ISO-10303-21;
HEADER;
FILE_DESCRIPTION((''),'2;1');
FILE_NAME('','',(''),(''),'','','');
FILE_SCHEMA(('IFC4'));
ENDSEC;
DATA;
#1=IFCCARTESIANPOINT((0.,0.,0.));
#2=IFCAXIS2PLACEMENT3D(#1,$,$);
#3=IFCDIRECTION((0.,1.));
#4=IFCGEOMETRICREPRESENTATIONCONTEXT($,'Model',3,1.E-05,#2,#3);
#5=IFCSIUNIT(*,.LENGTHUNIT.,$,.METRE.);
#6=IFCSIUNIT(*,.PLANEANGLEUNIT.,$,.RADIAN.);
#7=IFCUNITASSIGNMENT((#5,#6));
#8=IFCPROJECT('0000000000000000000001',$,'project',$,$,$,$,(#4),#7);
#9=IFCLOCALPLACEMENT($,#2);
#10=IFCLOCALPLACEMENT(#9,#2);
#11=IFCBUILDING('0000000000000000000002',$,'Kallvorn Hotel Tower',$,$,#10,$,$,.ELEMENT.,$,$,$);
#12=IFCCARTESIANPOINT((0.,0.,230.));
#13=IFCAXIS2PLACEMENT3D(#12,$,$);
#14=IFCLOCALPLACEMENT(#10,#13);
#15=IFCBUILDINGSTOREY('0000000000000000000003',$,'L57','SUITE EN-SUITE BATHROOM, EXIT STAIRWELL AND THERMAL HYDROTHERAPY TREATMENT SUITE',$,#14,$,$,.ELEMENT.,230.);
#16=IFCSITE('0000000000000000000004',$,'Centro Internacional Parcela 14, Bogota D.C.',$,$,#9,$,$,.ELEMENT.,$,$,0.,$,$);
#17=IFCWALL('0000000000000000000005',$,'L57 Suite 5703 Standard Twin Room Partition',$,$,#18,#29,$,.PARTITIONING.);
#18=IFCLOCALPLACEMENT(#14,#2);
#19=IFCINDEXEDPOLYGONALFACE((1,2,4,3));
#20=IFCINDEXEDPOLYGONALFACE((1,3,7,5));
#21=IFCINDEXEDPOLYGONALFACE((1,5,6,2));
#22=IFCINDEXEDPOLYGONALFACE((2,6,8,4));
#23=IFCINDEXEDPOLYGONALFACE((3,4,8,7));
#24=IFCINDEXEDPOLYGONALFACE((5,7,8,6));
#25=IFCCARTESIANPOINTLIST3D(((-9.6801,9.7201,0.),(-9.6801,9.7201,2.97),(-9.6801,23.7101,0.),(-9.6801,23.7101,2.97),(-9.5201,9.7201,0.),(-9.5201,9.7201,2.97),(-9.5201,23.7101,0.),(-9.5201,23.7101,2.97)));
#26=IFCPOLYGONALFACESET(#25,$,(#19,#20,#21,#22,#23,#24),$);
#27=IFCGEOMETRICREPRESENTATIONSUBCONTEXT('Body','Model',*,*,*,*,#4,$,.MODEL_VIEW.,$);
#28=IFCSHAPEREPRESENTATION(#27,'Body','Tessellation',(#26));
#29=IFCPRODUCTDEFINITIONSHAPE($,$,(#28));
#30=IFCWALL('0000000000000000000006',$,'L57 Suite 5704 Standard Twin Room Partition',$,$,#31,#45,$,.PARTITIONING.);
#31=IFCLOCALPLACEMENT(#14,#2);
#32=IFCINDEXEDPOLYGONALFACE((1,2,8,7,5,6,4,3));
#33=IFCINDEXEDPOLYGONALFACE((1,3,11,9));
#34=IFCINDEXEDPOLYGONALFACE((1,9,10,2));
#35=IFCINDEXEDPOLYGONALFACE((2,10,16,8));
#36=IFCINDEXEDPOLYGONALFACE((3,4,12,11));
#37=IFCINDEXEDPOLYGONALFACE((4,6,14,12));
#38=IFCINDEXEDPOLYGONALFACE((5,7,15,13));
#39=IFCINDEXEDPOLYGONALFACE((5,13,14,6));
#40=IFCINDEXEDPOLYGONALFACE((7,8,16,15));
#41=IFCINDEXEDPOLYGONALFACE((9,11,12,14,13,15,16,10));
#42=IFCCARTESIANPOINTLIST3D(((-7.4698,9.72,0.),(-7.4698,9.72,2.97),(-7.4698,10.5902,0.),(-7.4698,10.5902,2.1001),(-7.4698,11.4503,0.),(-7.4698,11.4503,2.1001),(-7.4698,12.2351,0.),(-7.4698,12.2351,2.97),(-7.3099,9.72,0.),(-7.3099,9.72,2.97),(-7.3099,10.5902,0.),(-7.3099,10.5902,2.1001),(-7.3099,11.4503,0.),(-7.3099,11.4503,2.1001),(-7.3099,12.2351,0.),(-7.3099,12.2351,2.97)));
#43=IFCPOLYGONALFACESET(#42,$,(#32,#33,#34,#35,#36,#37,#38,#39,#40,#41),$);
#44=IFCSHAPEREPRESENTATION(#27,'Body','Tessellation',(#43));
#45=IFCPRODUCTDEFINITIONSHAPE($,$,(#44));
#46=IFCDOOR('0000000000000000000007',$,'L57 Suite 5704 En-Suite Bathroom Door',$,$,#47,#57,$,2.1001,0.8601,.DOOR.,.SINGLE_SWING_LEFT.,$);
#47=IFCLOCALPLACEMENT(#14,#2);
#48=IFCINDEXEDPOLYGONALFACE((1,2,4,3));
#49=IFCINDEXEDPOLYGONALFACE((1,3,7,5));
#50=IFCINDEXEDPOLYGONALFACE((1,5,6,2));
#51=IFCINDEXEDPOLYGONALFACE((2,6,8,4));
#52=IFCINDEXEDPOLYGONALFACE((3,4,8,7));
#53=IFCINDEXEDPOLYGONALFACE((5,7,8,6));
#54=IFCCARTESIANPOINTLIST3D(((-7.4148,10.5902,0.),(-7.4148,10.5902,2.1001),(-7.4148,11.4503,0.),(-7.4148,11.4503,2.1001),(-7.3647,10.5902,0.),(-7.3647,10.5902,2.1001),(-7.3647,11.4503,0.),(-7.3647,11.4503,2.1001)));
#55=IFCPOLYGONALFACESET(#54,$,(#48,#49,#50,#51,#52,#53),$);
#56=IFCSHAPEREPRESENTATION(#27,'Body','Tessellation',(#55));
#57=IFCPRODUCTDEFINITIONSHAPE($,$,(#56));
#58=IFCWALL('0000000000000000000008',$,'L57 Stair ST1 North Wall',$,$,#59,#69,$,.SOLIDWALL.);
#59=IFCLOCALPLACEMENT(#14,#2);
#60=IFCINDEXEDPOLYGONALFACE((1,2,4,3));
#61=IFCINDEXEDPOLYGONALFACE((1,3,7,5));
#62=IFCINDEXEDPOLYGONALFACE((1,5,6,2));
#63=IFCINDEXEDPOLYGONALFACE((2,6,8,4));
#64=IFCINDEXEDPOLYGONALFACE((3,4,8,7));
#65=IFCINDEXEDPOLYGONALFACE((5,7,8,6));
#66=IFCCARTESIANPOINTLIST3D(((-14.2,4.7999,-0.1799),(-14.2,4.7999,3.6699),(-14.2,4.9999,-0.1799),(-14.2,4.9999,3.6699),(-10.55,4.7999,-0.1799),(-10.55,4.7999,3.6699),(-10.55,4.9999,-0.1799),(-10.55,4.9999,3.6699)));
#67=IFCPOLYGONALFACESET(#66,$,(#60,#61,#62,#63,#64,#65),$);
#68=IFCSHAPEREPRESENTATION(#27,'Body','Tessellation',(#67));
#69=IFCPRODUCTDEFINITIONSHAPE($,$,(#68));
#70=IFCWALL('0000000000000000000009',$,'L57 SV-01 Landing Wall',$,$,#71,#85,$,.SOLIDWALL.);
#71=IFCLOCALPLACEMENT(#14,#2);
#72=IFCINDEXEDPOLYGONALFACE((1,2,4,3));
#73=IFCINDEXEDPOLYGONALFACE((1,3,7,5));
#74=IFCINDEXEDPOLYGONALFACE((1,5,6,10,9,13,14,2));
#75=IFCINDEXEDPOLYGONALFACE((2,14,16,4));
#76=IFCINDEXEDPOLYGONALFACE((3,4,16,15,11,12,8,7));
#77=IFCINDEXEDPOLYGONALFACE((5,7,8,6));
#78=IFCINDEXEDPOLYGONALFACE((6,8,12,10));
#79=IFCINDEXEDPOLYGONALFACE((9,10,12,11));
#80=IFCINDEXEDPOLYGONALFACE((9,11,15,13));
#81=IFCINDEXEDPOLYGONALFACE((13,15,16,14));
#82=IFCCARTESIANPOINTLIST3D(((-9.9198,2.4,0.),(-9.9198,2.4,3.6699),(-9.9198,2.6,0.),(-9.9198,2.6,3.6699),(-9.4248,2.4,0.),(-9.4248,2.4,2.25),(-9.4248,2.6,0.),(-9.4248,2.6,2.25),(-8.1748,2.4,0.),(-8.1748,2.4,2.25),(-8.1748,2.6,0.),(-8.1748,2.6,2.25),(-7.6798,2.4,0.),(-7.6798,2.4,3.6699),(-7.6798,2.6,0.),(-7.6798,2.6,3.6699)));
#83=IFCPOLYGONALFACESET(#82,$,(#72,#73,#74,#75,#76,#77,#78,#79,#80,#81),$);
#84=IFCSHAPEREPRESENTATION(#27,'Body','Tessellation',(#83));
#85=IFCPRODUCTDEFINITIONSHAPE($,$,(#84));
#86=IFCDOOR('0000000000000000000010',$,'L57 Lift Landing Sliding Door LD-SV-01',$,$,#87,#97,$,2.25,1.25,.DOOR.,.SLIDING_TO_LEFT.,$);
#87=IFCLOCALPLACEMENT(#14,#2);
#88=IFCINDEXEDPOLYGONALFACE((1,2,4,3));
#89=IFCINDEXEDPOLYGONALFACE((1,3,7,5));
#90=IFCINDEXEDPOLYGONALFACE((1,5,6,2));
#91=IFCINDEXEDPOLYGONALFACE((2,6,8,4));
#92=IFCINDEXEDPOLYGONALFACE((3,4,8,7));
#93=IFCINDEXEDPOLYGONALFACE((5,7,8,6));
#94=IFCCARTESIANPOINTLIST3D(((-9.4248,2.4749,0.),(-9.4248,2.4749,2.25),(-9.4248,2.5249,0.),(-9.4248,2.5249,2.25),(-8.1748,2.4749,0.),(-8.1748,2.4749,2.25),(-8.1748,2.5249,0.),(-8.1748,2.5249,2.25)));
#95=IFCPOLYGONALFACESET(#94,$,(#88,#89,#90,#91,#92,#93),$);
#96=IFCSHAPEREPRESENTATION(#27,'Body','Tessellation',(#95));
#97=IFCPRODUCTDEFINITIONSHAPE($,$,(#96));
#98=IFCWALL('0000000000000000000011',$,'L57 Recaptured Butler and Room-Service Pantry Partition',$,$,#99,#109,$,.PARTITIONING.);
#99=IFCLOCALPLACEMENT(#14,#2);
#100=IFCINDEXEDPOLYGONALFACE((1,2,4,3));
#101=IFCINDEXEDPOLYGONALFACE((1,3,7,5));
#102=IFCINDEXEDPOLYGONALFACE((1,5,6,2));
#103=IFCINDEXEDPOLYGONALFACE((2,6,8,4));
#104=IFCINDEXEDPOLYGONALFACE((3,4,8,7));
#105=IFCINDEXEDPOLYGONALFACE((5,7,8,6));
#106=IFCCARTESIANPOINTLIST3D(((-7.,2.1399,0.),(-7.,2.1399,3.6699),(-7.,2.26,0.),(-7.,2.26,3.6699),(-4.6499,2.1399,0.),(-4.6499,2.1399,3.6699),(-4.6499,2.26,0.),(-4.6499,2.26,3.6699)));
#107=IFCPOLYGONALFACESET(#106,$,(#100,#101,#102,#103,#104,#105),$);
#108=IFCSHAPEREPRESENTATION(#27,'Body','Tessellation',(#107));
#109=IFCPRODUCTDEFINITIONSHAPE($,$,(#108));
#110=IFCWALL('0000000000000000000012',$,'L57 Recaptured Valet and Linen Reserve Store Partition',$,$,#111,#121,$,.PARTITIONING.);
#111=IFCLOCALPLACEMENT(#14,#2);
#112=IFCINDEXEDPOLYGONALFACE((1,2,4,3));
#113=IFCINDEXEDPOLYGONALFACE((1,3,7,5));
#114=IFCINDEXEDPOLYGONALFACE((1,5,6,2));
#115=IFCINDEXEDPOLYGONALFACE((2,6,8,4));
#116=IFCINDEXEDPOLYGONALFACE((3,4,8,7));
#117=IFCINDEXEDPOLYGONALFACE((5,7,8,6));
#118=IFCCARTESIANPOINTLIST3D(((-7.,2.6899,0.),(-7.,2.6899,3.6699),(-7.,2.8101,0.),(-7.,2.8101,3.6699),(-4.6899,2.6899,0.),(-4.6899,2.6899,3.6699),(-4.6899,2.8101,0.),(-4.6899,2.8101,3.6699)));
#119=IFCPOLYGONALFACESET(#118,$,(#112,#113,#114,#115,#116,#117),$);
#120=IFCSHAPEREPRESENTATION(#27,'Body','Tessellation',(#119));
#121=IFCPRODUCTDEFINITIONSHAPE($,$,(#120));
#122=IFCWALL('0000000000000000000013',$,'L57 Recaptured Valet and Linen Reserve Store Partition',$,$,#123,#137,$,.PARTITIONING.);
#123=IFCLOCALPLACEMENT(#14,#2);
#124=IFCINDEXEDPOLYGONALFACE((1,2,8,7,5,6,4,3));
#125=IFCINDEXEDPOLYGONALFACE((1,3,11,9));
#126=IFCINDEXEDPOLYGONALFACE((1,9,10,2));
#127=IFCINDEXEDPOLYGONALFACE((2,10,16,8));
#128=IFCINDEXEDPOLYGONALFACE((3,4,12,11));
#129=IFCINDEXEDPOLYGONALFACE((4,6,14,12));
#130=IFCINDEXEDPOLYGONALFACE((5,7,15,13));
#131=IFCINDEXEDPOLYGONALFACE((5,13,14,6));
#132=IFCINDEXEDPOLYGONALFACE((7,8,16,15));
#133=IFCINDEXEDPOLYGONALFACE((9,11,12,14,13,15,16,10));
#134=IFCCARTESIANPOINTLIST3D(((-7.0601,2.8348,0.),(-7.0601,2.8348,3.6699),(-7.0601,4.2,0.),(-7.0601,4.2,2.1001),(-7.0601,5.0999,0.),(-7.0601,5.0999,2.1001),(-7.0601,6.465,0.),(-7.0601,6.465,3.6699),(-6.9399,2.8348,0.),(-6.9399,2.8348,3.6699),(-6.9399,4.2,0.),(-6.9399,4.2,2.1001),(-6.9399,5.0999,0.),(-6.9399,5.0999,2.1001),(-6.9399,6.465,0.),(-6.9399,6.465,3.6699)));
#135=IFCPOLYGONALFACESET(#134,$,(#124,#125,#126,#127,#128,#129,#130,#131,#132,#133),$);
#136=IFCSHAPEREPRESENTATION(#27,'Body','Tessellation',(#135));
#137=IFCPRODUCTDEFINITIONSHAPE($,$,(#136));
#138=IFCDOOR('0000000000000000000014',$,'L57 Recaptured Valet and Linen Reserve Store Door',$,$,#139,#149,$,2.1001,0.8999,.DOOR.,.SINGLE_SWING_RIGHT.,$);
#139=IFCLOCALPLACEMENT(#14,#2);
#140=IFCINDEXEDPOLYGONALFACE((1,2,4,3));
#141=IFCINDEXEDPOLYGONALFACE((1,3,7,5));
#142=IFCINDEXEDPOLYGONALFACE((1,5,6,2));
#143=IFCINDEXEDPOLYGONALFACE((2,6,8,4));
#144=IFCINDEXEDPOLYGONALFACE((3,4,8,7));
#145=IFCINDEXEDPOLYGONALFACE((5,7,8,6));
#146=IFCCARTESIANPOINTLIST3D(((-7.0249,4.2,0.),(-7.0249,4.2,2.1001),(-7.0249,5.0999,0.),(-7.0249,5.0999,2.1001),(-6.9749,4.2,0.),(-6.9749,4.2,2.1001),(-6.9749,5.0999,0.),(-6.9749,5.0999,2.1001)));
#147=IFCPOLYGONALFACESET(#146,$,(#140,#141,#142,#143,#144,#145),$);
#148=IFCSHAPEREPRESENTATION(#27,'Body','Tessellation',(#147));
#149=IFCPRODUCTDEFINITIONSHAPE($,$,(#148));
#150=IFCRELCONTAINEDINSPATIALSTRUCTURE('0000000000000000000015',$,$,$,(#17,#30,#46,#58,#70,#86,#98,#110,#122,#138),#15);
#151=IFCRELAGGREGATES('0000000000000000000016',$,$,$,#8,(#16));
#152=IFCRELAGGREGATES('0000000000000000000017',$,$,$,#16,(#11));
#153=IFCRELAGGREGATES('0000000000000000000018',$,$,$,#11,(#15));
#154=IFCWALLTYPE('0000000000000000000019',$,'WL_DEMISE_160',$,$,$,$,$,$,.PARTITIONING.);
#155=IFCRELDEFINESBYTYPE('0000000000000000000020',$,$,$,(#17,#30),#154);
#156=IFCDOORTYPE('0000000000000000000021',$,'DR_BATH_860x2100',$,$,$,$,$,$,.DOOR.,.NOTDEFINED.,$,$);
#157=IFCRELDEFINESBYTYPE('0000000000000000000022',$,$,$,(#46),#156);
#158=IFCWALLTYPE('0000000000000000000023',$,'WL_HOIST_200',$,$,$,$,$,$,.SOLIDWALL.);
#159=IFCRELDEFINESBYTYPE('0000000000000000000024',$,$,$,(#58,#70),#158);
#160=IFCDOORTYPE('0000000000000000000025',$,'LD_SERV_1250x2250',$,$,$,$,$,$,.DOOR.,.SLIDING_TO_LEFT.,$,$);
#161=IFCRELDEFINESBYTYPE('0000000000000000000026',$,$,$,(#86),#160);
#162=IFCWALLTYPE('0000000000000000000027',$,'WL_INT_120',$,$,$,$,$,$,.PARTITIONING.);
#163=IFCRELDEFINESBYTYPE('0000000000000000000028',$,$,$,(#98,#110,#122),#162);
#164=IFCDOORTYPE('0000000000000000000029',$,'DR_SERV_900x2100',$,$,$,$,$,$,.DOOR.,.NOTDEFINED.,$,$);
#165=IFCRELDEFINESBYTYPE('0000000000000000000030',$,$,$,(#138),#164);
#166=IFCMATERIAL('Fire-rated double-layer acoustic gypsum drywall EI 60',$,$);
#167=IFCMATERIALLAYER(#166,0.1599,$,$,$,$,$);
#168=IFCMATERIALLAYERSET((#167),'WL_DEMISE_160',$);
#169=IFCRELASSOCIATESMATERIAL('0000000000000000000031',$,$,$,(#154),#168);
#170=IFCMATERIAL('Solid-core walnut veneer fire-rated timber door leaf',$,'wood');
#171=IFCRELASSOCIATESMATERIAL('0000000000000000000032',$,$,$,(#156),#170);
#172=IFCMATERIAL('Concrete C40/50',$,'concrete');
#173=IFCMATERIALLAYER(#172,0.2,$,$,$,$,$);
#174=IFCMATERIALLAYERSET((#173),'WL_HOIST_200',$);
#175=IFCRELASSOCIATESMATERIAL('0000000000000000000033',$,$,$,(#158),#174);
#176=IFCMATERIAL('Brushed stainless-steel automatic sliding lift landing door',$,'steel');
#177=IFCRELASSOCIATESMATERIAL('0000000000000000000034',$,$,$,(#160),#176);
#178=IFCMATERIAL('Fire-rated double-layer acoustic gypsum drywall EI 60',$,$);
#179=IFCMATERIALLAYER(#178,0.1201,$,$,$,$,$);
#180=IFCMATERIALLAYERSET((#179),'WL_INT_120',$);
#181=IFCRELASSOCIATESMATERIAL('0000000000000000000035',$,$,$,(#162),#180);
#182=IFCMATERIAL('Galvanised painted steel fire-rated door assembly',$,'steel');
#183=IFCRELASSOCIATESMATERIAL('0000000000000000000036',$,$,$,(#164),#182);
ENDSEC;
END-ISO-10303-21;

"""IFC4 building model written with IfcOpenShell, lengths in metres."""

from ifc_helpers import new_model, si_unit, direction, frame, frame_2d, origin, place, context, subcontext, project, spatial, rectangle, extrude, material, layer, layer_set, type_object, element, fill, save


model = new_model("IFC4")

# Units and contexts
model_context = context("Model", 3, precision=1e-05, world=origin(), true_north=direction((0.0, 1.0)))
body_context = subcontext(model_context, "Body", "Model", "MODEL_VIEW")
ifc_project = project(units=[si_unit("LENGTHUNIT", "METRE"), si_unit("PLANEANGLEUNIT", "RADIAN")], contexts=[model_context])

# Site, building, storey
site_placement = place(None, origin())
site = spatial("IfcSite", under=ifc_project, at=site_placement, Name="Centro Internacional Parcela 14, Bogota D.C.", CompositionType="ELEMENT", RefElevation=0.0)
building_placement = place(site_placement, origin())
building = spatial("IfcBuilding", under=site, at=building_placement, Name="Kallvorn Hotel Tower", CompositionType="ELEMENT")
storey_placement = place(building_placement, frame((0.0, 0.0, 230.0)))
storey = spatial("IfcBuildingStorey", under=building, at=storey_placement, Name="L57", Description="SUITE EN-SUITE BATHROOM, EXIT STAIRWELL AND THERMAL HYDROTHERAPY TREATMENT SUITE", CompositionType="ELEMENT", Elevation=230.0)

# Shared definitions
ifc_material_1 = material(Name="Fire-rated double-layer acoustic gypsum drywall EI 60")
ifc_layer_1 = layer(ifc_material_1, 0.1599)
ifc_layer_set_1 = layer_set([ifc_layer_1], Name="WL_DEMISE_160")
wall_type_1 = type_object("IfcWallType", Name="WL_DEMISE_160", PredefinedType="PARTITIONING", material=ifc_layer_set_1)
ifc_material_2 = material(Name="Solid-core walnut veneer fire-rated timber door leaf", Category="wood")
door_type_1 = type_object("IfcDoorType", Name="DR_BATH_860x2100", OperationType="NOTDEFINED", PredefinedType="DOOR", material=ifc_material_2)

# Wall
wall_1_placement = place(storey_placement, frame((-9.6001, 9.72, 0.0), z_axis=(0.0, 0.0, 1.0), x_axis=(0.0, 1.0, 0.0)))
element("IfcWall", 1, at=wall_1_placement, inside=storey, type_object=wall_type_1, Name="L57 Suite 5703 Standard Twin Room Partition", PredefinedType="PARTITIONING", context=body_context, shape_type="SweptSolid", body=[
    extrude(rectangle(XDim=13.99, YDim=0.1599, at=frame_2d((6.9951, 0.0))), origin(), (0.0, 0.0, 1.0), 2.97),
])

# Wall, opening, door
wall_2_placement = place(storey_placement, frame((-7.3899, 9.72, 0.0), z_axis=(0.0, 0.0, 1.0), x_axis=(0.0, 1.0, 0.0)))
wall_2 = element("IfcWall", 2, at=wall_2_placement, inside=storey, type_object=wall_type_1, Name="L57 Suite 5704 Standard Twin Room Partition", PredefinedType="PARTITIONING", context=body_context, shape_type="SweptSolid", body=[
    extrude(rectangle(XDim=2.5151, YDim=0.1599, at=frame_2d((1.2576, 0.0))), origin(), (0.0, 0.0, 1.0), 2.97),
])
opening_1_placement = place(wall_2_placement, frame((0.8701, 0.0, 0.0)))
opening_1 = element("IfcOpeningElement", 3, at=opening_1_placement, cuts=wall_2, PredefinedType="OPENING", context=body_context, shape_type="SweptSolid", body=[
    extrude(rectangle(XDim=0.8601, YDim=2.1001, at=frame_2d((0.4302, 1.05))), frame((0.0, 0.095, 0.0), z_axis=(0.0, -1.0, 0.0), x_axis=(1.0, 0.0, 0.0)), (0.0, 0.0, 1.0), 0.1899),
])
door_1_placement = place(opening_1_placement, origin())
door_1 = element("IfcDoor", 4, at=door_1_placement, inside=storey, type_object=door_type_1, Name="L57 Suite 5704 En-Suite Bathroom Door", OperationType="SINGLE_SWING_LEFT", OverallHeight=2.1001, OverallWidth=0.8601, PredefinedType="DOOR", context=body_context, shape_type="SweptSolid", body=[
    extrude(rectangle(XDim=0.8601, YDim=2.1001, at=frame_2d((0.4302, 1.05))), frame((0.0, 0.0249, 0.0), z_axis=(0.0, -1.0, 0.0), x_axis=(1.0, 0.0, 0.0)), (0.0, 0.0, 1.0), 0.05),
])
fill(opening_1, door_1)

# Wall
ifc_material_3 = material(Name="Concrete C40/50", Category="concrete")
ifc_layer_2 = layer(ifc_material_3, 0.2)
ifc_layer_set_2 = layer_set([ifc_layer_2], Name="WL_HOIST_200")
wall_type_2 = type_object("IfcWallType", Name="WL_HOIST_200", PredefinedType="SOLIDWALL", material=ifc_layer_set_2)
wall_3_placement = place(storey_placement, frame((-14.2, 4.8999, -0.1799), z_axis=(0.0, 0.0, 1.0), x_axis=(1.0, 0.0, 0.0)))
element("IfcWall", 5, at=wall_3_placement, inside=storey, type_object=wall_type_2, Name="L57 Stair ST1 North Wall", PredefinedType="SOLIDWALL", context=body_context, shape_type="SweptSolid", body=[
    extrude(rectangle(XDim=3.6499, YDim=0.2, at=frame_2d((1.825, 0.0))), origin(), (0.0, 0.0, 1.0), 3.8499),
])

# Wall, opening, door
wall_4_placement = place(storey_placement, frame((-9.9199, 2.5, 0.0), z_axis=(0.0, 0.0, 1.0), x_axis=(1.0, 0.0, 0.0)))
wall_4 = element("IfcWall", 6, at=wall_4_placement, inside=storey, type_object=wall_type_2, Name="L57 SV-01 Landing Wall", PredefinedType="SOLIDWALL", context=body_context, shape_type="SweptSolid", body=[
    extrude(rectangle(XDim=2.24, YDim=0.2, at=frame_2d((1.1201, 0.0))), origin(), (0.0, 0.0, 1.0), 3.6699),
])
opening_2_placement = place(wall_4_placement, frame((0.4951, 0.0, 0.0)))
opening_2 = element("IfcOpeningElement", 7, at=opening_2_placement, cuts=wall_4, PredefinedType="OPENING", context=body_context, shape_type="SweptSolid", body=[
    extrude(rectangle(XDim=1.25, YDim=2.25, at=frame_2d((0.625, 1.125))), frame((0.0, 0.115, 0.0), z_axis=(0.0, -1.0, 0.0), x_axis=(1.0, 0.0, 0.0)), (0.0, 0.0, 1.0), 0.23),
])
ifc_material_4 = material(Name="Brushed stainless-steel automatic sliding lift landing door", Category="steel")
door_type_2 = type_object("IfcDoorType", Name="LD_SERV_1250x2250", OperationType="SLIDING_TO_LEFT", PredefinedType="DOOR", material=ifc_material_4)
door_2_placement = place(opening_2_placement, origin())
door_2 = element("IfcDoor", 8, at=door_2_placement, inside=storey, type_object=door_type_2, Name="L57 Lift Landing Sliding Door LD-SV-01", OperationType="SLIDING_TO_LEFT", OverallHeight=2.25, OverallWidth=1.25, PredefinedType="DOOR", context=body_context, shape_type="SweptSolid", body=[
    extrude(rectangle(XDim=1.25, YDim=2.25, at=frame_2d((0.625, 1.125))), frame((0.0, 0.0249, 0.0), z_axis=(0.0, -1.0, 0.0), x_axis=(1.0, 0.0, 0.0)), (0.0, 0.0, 1.0), 0.05),
])
fill(opening_2, door_2)

# Walls
ifc_material_5 = material(Name="Fire-rated double-layer acoustic gypsum drywall EI 60")
ifc_layer_3 = layer(ifc_material_5, 0.1201)
ifc_layer_set_3 = layer_set([ifc_layer_3], Name="WL_INT_120")
wall_type_3 = type_object("IfcWallType", Name="WL_INT_120", PredefinedType="PARTITIONING", material=ifc_layer_set_3)
wall_5_placement = place(storey_placement, frame((-7.0, 2.2, 0.0), z_axis=(0.0, 0.0, 1.0), x_axis=(1.0, 0.0, 0.0)))
element("IfcWall", 9, at=wall_5_placement, inside=storey, type_object=wall_type_3, Name="L57 Recaptured Butler and Room-Service Pantry Partition", PredefinedType="PARTITIONING", context=body_context, shape_type="SweptSolid", body=[
    extrude(rectangle(XDim=2.3501, YDim=0.1201, at=frame_2d((1.175, 0.0))), origin(), (0.0, 0.0, 1.0), 3.6699),
])
wall_6_placement = place(storey_placement, frame((-7.0, 2.75, 0.0), z_axis=(0.0, 0.0, 1.0), x_axis=(1.0, 0.0, 0.0)))
element("IfcWall", 10, at=wall_6_placement, inside=storey, type_object=wall_type_3, Name="L57 Recaptured Valet and Linen Reserve Store Partition", PredefinedType="PARTITIONING", context=body_context, shape_type="SweptSolid", body=[
    extrude(rectangle(XDim=2.3101, YDim=0.1201, at=frame_2d((1.155, 0.0))), origin(), (0.0, 0.0, 1.0), 3.6699),
])

# Wall, opening, door
wall_7_placement = place(storey_placement, frame((-7.0, 2.835, 0.0), z_axis=(0.0, 0.0, 1.0), x_axis=(0.0, 1.0, 0.0)))
wall_7 = element("IfcWall", 11, at=wall_7_placement, inside=storey, type_object=wall_type_3, Name="L57 Recaptured Valet and Linen Reserve Store Partition", PredefinedType="PARTITIONING", context=body_context, shape_type="SweptSolid", body=[
    extrude(rectangle(XDim=3.6301, YDim=0.1201, at=frame_2d((1.8149, 0.0))), origin(), (0.0, 0.0, 1.0), 3.6699),
])
opening_3_placement = place(wall_7_placement, frame((1.365, 0.0, 0.0)))
opening_3 = element("IfcOpeningElement", 12, at=opening_3_placement, cuts=wall_7, PredefinedType="OPENING", context=body_context, shape_type="SweptSolid", body=[
    extrude(rectangle(XDim=0.8999, YDim=2.1001, at=frame_2d((0.45, 1.05))), frame((0.0, 0.075, 0.0), z_axis=(0.0, -1.0, 0.0), x_axis=(1.0, 0.0, 0.0)), (0.0, 0.0, 1.0), 0.1501),
])
ifc_material_6 = material(Name="Galvanised painted steel fire-rated door assembly", Category="steel")
door_type_3 = type_object("IfcDoorType", Name="DR_SERV_900x2100", OperationType="NOTDEFINED", PredefinedType="DOOR", material=ifc_material_6)
door_3_placement = place(opening_3_placement, origin())
door_3 = element("IfcDoor", 13, at=door_3_placement, inside=storey, type_object=door_type_3, Name="L57 Recaptured Valet and Linen Reserve Store Door", OperationType="SINGLE_SWING_RIGHT", OverallHeight=2.1001, OverallWidth=0.8999, PredefinedType="DOOR", context=body_context, shape_type="SweptSolid", body=[
    extrude(rectangle(XDim=0.8999, YDim=2.1001, at=frame_2d((0.45, 1.05))), frame((0.0, 0.0249, 0.0), z_axis=(0.0, -1.0, 0.0), x_axis=(1.0, 0.0, 0.0)), (0.0, 0.0, 1.0), 0.05),
])
fill(opening_3, door_3)

save(model, "model.ifc")
